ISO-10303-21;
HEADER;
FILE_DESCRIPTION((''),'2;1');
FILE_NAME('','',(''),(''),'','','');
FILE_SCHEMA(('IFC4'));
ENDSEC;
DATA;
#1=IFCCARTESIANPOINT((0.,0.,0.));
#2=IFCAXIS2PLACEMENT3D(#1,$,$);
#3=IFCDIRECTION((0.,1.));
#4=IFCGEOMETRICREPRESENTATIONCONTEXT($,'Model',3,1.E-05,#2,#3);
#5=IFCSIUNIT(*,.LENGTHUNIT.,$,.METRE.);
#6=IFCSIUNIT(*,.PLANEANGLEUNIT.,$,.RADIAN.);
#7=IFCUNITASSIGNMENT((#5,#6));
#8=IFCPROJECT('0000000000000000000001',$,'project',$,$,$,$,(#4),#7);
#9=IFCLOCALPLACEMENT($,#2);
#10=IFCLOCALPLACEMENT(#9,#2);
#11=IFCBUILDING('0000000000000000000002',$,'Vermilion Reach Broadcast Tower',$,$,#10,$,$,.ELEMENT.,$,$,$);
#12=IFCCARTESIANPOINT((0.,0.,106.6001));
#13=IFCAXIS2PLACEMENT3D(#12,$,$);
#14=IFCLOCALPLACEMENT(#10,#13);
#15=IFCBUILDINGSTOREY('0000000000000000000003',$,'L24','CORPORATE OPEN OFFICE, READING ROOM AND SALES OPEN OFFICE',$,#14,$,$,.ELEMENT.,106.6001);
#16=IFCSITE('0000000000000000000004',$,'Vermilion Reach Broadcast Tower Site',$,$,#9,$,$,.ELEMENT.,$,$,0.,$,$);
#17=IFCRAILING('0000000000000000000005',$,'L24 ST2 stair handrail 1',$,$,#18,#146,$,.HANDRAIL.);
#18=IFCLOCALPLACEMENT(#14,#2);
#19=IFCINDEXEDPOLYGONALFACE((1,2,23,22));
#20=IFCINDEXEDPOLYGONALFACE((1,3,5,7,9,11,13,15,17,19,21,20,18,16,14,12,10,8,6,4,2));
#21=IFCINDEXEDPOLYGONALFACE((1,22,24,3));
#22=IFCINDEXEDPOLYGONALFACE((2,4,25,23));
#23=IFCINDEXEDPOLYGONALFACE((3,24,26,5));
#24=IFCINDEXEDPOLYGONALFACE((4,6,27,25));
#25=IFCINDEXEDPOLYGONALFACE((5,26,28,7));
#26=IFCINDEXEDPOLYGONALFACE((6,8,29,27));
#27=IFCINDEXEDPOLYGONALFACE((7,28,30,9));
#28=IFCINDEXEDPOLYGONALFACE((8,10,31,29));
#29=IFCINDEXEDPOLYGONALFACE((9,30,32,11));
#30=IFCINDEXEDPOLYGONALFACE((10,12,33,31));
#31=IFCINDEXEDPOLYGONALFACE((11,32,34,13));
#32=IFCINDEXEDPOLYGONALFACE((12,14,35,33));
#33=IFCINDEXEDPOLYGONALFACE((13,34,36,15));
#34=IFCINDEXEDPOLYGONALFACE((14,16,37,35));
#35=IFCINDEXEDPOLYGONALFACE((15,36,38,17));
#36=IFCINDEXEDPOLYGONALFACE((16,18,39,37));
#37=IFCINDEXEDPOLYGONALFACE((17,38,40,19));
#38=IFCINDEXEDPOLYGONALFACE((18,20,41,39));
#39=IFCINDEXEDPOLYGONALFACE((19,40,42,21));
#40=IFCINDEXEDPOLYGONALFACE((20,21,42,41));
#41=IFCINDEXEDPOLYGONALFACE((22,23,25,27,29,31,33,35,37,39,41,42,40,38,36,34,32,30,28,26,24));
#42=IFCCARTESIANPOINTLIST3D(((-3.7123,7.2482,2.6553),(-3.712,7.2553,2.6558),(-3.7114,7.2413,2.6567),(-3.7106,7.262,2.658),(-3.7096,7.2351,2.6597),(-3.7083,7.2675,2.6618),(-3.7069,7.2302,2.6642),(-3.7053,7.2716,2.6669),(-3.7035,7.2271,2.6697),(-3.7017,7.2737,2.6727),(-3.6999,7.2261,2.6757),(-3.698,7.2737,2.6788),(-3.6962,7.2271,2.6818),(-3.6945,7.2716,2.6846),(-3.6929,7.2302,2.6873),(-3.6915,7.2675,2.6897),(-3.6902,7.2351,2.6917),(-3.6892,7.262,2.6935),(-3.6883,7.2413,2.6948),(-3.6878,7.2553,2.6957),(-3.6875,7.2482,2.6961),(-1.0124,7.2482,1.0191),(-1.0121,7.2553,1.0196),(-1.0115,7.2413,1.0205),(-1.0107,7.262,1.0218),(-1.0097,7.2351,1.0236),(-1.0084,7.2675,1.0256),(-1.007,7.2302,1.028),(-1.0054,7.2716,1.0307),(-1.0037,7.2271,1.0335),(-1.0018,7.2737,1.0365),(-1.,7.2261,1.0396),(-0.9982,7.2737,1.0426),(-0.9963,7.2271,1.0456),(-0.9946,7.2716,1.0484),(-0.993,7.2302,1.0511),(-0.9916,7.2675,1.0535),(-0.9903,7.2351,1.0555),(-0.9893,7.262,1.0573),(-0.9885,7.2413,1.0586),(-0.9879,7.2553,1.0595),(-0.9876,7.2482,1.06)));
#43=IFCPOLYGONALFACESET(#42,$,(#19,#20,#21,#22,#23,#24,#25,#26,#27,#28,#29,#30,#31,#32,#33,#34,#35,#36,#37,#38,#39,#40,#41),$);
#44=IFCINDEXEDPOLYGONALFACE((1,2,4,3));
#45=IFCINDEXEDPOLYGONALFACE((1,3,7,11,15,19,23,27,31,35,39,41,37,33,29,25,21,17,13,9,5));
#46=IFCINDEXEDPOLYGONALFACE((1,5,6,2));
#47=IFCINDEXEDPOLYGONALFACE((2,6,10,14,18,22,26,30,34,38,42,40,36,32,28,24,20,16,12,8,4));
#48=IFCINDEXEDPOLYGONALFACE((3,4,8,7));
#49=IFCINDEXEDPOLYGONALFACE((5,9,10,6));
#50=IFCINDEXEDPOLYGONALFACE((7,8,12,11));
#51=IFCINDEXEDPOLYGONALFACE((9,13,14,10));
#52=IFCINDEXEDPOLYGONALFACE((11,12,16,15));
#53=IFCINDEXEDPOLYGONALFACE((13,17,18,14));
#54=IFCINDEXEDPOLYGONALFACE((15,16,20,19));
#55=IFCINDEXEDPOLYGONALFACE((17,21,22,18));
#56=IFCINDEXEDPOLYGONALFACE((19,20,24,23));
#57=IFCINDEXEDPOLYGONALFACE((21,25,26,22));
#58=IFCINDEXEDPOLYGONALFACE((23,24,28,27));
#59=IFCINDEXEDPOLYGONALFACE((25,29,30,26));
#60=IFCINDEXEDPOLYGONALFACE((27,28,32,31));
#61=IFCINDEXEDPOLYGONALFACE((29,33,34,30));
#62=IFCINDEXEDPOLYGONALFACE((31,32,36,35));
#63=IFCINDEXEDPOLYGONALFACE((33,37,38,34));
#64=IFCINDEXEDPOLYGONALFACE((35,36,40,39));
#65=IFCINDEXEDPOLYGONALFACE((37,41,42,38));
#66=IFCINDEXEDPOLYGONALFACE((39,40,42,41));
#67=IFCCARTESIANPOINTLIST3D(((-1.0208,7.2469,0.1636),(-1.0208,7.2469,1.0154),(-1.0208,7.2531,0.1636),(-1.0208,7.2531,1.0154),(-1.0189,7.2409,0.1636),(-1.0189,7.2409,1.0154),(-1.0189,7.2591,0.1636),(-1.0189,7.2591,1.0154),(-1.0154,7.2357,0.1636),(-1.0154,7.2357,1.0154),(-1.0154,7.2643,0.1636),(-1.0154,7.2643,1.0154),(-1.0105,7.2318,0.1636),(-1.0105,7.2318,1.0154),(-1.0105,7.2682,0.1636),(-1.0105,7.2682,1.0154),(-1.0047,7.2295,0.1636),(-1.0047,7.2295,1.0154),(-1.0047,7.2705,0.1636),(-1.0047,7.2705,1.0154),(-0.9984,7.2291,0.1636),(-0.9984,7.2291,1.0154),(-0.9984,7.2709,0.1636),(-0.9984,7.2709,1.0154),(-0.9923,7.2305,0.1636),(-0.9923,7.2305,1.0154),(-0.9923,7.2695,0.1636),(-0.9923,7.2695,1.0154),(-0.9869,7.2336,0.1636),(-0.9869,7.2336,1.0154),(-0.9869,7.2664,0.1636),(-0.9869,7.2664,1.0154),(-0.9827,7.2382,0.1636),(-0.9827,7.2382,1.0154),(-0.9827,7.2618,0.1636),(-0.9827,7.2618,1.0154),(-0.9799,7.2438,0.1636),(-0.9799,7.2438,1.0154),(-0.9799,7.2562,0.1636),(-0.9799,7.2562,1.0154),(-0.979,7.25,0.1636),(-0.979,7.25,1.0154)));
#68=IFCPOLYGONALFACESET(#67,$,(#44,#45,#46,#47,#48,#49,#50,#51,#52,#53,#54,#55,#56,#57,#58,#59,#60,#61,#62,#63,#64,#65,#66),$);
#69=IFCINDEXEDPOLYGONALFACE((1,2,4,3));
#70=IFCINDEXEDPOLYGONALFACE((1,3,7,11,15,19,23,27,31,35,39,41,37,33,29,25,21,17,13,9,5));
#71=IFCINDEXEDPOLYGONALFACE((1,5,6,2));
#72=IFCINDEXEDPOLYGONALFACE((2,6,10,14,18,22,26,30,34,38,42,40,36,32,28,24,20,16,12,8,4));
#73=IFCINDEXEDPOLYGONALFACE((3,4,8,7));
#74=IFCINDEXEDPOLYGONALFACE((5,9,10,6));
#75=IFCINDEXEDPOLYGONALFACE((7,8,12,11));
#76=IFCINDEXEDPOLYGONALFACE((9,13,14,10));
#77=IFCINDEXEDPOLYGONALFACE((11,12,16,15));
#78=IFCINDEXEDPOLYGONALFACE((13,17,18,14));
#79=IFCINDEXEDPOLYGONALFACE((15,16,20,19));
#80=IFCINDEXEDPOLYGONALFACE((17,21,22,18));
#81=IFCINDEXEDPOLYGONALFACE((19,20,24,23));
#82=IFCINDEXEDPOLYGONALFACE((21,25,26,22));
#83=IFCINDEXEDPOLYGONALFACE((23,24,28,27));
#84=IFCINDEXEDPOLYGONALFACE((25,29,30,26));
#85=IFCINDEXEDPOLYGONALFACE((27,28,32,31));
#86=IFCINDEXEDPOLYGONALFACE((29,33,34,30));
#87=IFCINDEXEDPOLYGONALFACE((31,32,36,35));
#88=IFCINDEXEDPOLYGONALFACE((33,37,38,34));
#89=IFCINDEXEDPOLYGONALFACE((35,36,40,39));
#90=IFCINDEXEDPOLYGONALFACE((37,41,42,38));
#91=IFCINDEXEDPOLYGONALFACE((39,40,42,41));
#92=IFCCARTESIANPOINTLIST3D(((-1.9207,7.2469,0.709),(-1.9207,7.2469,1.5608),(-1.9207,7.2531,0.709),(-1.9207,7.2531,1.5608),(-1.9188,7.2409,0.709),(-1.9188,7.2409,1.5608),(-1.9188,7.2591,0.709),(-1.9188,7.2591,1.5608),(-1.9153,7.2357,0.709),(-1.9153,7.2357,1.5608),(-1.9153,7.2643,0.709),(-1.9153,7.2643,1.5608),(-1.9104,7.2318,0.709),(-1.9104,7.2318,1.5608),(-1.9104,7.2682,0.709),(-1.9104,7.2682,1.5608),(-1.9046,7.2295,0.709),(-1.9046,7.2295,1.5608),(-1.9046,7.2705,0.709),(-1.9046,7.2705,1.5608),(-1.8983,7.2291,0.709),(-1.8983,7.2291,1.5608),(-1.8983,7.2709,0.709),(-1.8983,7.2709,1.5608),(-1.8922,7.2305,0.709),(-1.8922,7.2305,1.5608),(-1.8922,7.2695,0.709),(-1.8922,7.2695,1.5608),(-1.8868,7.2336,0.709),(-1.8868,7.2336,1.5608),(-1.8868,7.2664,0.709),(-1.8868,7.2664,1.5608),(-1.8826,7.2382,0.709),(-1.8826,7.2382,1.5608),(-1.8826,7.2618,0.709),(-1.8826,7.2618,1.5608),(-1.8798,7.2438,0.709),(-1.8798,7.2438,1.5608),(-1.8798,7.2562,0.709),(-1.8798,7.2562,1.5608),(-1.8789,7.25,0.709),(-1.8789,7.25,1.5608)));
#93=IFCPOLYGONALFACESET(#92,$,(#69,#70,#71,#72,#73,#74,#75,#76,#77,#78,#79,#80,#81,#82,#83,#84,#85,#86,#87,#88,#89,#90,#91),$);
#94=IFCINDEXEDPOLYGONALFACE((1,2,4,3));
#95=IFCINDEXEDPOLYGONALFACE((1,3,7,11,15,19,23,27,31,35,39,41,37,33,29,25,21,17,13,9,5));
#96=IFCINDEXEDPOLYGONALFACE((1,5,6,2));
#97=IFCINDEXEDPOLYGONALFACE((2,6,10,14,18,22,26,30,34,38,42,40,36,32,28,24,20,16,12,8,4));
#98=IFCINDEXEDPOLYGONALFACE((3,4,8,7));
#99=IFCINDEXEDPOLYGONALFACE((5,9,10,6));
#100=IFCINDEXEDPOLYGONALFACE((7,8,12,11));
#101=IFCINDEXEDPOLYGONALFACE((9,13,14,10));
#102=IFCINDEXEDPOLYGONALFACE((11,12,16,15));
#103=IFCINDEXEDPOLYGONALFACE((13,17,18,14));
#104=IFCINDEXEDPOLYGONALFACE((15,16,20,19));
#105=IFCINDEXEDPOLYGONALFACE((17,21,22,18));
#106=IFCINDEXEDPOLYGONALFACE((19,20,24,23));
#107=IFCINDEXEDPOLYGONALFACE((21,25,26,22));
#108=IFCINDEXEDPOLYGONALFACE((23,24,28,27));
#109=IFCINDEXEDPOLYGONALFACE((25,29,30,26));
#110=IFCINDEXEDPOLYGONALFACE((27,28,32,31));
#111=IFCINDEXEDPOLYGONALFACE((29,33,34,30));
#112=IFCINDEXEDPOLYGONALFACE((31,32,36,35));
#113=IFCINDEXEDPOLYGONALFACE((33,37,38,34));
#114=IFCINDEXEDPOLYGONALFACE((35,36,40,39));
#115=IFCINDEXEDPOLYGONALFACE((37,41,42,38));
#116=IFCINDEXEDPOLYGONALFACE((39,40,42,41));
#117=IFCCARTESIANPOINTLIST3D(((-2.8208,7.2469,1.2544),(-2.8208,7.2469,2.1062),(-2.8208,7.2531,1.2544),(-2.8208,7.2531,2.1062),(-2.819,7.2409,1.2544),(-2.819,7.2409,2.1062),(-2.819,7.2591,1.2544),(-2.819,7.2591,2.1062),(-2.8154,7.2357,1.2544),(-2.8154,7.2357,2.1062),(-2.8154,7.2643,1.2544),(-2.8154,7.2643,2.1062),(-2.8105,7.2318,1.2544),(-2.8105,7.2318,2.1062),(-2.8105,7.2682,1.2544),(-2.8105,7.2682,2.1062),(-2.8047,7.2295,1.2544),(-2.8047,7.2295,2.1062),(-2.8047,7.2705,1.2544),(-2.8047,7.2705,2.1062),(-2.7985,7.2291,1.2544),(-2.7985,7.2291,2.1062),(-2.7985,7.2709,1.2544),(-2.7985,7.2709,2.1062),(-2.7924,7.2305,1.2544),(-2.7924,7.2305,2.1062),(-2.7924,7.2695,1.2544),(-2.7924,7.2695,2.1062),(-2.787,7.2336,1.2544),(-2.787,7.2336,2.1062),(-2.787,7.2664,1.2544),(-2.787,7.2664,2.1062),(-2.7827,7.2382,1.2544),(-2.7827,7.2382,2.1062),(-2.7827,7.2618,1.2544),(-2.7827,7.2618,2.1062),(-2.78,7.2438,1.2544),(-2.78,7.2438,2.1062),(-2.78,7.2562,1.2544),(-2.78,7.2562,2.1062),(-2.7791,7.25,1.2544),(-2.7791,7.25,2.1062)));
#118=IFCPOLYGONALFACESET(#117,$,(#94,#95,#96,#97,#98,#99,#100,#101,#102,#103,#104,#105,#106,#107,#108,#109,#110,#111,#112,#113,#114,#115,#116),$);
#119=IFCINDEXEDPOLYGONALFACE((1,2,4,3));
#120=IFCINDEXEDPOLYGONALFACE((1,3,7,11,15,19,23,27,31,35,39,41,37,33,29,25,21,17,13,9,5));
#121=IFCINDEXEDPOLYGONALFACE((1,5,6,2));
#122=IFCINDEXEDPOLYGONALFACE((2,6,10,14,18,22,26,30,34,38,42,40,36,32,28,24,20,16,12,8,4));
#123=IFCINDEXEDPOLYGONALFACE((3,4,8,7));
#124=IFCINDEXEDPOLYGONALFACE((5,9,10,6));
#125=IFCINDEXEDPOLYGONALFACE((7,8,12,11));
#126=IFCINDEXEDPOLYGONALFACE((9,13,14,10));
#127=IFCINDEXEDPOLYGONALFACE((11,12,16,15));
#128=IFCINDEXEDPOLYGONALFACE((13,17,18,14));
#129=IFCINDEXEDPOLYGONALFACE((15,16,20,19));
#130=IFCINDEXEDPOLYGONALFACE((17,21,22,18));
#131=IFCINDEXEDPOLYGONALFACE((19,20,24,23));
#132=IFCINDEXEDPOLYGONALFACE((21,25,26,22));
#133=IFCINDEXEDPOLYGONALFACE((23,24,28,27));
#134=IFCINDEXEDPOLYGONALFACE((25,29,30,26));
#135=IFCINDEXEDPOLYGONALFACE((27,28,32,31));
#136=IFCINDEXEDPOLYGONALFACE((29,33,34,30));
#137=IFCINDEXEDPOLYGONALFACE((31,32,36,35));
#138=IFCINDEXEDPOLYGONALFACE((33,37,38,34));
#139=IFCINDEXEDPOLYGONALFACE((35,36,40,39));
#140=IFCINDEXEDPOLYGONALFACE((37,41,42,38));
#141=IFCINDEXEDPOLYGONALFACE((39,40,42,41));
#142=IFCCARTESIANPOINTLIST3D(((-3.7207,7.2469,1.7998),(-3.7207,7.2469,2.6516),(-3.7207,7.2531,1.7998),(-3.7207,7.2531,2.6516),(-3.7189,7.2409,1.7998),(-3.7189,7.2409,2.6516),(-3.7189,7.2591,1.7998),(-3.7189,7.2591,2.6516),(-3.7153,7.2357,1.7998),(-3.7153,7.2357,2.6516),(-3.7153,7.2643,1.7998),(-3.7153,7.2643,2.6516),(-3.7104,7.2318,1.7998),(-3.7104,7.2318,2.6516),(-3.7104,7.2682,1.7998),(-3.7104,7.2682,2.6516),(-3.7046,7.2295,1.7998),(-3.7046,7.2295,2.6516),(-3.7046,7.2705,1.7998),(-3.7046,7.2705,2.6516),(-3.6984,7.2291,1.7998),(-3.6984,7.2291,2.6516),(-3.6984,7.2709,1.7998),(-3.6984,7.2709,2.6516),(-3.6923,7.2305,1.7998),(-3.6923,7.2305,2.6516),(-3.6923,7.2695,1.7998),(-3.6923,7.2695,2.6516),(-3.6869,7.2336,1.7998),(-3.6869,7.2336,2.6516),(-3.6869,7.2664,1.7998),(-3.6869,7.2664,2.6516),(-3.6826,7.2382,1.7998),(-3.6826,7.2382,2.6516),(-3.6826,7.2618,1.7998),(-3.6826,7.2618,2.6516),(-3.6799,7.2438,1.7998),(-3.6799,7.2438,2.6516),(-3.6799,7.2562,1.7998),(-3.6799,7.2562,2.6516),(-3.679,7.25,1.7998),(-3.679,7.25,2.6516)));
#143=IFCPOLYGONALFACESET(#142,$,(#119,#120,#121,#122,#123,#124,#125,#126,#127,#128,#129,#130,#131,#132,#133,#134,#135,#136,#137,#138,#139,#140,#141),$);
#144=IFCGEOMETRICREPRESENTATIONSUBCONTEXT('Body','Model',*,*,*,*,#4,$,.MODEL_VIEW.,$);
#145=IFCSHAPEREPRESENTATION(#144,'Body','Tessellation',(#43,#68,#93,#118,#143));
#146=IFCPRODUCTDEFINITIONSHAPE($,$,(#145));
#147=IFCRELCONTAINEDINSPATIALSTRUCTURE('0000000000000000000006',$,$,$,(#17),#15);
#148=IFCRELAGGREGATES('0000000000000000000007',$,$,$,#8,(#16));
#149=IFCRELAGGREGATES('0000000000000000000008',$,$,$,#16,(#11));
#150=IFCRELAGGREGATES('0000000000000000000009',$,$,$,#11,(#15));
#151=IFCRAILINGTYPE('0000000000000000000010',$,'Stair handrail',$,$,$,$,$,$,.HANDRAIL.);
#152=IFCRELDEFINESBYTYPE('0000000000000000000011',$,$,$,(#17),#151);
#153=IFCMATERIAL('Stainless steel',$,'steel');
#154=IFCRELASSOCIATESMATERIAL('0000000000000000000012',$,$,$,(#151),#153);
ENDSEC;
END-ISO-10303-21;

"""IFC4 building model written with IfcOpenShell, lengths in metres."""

from ifc_helpers import new_model, si_unit, direction, frame, origin, origin_2d, place, context, subcontext, project, spatial, circle, extrude, material, type_object, element, save


model = new_model("IFC4")

# Units and contexts
model_context = context("Model", 3, precision=1e-05, world=origin(), true_north=direction((0.0, 1.0)))
body_context = subcontext(model_context, "Body", "Model", "MODEL_VIEW")
ifc_project = project(units=[si_unit("LENGTHUNIT", "METRE"), si_unit("PLANEANGLEUNIT", "RADIAN")], contexts=[model_context])

# Site, building, storey
site_placement = place(None, origin())
site = spatial("IfcSite", under=ifc_project, at=site_placement, Name="Vermilion Reach Broadcast Tower Site", CompositionType="ELEMENT", RefElevation=0.0)
building_placement = place(site_placement, origin())
building = spatial("IfcBuilding", under=site, at=building_placement, Name="Vermilion Reach Broadcast Tower", CompositionType="ELEMENT")
storey_placement = place(building_placement, frame((0.0, 0.0, 106.6001)))
storey = spatial("IfcBuildingStorey", under=building, at=storey_placement, Name="L24", Description="CORPORATE OPEN OFFICE, READING ROOM AND SALES OPEN OFFICE", CompositionType="ELEMENT", Elevation=106.6001)

# Railing
ifc_material_1 = material(Name="Stainless steel", Category="steel")
railing_type_1 = type_object("IfcRailingType", Name="Stair handrail", PredefinedType="HANDRAIL", material=ifc_material_1)
railing_1_placement = place(storey_placement, frame((-1.0, 7.25, 0.1636)))
element("IfcRailing", 1, at=railing_1_placement, inside=storey, type_object=railing_type_1, Name="L24 ST2 stair handrail 1", PredefinedType="HANDRAIL", context=body_context, shape_type="SweptSolid", body=[
    extrude(circle(Radius=0.0239, at=origin_2d()), frame((0.0, 0.0, 0.876), z_axis=(-0.855212, 0.0, 0.518278), x_axis=(0.0, -1.0, 0.0)), (0.0, 0.0, 1.0), 3.157),
    extrude(circle(Radius=0.021, at=origin_2d()), origin(), (0.0, 0.0, 1.0), 0.8518),
    extrude(circle(Radius=0.021, at=origin_2d()), frame((-0.8999, 0.0, 0.5454)), (0.0, 0.0, 1.0), 0.8518),
    extrude(circle(Radius=0.021, at=origin_2d()), frame((-1.8, 0.0, 1.0908)), (0.0, 0.0, 1.0), 0.8518),
    extrude(circle(Radius=0.021, at=origin_2d()), frame((-2.7, 0.0, 1.6362)), (0.0, 0.0, 1.0), 0.8518),
])

save(model, "model.ifc")
